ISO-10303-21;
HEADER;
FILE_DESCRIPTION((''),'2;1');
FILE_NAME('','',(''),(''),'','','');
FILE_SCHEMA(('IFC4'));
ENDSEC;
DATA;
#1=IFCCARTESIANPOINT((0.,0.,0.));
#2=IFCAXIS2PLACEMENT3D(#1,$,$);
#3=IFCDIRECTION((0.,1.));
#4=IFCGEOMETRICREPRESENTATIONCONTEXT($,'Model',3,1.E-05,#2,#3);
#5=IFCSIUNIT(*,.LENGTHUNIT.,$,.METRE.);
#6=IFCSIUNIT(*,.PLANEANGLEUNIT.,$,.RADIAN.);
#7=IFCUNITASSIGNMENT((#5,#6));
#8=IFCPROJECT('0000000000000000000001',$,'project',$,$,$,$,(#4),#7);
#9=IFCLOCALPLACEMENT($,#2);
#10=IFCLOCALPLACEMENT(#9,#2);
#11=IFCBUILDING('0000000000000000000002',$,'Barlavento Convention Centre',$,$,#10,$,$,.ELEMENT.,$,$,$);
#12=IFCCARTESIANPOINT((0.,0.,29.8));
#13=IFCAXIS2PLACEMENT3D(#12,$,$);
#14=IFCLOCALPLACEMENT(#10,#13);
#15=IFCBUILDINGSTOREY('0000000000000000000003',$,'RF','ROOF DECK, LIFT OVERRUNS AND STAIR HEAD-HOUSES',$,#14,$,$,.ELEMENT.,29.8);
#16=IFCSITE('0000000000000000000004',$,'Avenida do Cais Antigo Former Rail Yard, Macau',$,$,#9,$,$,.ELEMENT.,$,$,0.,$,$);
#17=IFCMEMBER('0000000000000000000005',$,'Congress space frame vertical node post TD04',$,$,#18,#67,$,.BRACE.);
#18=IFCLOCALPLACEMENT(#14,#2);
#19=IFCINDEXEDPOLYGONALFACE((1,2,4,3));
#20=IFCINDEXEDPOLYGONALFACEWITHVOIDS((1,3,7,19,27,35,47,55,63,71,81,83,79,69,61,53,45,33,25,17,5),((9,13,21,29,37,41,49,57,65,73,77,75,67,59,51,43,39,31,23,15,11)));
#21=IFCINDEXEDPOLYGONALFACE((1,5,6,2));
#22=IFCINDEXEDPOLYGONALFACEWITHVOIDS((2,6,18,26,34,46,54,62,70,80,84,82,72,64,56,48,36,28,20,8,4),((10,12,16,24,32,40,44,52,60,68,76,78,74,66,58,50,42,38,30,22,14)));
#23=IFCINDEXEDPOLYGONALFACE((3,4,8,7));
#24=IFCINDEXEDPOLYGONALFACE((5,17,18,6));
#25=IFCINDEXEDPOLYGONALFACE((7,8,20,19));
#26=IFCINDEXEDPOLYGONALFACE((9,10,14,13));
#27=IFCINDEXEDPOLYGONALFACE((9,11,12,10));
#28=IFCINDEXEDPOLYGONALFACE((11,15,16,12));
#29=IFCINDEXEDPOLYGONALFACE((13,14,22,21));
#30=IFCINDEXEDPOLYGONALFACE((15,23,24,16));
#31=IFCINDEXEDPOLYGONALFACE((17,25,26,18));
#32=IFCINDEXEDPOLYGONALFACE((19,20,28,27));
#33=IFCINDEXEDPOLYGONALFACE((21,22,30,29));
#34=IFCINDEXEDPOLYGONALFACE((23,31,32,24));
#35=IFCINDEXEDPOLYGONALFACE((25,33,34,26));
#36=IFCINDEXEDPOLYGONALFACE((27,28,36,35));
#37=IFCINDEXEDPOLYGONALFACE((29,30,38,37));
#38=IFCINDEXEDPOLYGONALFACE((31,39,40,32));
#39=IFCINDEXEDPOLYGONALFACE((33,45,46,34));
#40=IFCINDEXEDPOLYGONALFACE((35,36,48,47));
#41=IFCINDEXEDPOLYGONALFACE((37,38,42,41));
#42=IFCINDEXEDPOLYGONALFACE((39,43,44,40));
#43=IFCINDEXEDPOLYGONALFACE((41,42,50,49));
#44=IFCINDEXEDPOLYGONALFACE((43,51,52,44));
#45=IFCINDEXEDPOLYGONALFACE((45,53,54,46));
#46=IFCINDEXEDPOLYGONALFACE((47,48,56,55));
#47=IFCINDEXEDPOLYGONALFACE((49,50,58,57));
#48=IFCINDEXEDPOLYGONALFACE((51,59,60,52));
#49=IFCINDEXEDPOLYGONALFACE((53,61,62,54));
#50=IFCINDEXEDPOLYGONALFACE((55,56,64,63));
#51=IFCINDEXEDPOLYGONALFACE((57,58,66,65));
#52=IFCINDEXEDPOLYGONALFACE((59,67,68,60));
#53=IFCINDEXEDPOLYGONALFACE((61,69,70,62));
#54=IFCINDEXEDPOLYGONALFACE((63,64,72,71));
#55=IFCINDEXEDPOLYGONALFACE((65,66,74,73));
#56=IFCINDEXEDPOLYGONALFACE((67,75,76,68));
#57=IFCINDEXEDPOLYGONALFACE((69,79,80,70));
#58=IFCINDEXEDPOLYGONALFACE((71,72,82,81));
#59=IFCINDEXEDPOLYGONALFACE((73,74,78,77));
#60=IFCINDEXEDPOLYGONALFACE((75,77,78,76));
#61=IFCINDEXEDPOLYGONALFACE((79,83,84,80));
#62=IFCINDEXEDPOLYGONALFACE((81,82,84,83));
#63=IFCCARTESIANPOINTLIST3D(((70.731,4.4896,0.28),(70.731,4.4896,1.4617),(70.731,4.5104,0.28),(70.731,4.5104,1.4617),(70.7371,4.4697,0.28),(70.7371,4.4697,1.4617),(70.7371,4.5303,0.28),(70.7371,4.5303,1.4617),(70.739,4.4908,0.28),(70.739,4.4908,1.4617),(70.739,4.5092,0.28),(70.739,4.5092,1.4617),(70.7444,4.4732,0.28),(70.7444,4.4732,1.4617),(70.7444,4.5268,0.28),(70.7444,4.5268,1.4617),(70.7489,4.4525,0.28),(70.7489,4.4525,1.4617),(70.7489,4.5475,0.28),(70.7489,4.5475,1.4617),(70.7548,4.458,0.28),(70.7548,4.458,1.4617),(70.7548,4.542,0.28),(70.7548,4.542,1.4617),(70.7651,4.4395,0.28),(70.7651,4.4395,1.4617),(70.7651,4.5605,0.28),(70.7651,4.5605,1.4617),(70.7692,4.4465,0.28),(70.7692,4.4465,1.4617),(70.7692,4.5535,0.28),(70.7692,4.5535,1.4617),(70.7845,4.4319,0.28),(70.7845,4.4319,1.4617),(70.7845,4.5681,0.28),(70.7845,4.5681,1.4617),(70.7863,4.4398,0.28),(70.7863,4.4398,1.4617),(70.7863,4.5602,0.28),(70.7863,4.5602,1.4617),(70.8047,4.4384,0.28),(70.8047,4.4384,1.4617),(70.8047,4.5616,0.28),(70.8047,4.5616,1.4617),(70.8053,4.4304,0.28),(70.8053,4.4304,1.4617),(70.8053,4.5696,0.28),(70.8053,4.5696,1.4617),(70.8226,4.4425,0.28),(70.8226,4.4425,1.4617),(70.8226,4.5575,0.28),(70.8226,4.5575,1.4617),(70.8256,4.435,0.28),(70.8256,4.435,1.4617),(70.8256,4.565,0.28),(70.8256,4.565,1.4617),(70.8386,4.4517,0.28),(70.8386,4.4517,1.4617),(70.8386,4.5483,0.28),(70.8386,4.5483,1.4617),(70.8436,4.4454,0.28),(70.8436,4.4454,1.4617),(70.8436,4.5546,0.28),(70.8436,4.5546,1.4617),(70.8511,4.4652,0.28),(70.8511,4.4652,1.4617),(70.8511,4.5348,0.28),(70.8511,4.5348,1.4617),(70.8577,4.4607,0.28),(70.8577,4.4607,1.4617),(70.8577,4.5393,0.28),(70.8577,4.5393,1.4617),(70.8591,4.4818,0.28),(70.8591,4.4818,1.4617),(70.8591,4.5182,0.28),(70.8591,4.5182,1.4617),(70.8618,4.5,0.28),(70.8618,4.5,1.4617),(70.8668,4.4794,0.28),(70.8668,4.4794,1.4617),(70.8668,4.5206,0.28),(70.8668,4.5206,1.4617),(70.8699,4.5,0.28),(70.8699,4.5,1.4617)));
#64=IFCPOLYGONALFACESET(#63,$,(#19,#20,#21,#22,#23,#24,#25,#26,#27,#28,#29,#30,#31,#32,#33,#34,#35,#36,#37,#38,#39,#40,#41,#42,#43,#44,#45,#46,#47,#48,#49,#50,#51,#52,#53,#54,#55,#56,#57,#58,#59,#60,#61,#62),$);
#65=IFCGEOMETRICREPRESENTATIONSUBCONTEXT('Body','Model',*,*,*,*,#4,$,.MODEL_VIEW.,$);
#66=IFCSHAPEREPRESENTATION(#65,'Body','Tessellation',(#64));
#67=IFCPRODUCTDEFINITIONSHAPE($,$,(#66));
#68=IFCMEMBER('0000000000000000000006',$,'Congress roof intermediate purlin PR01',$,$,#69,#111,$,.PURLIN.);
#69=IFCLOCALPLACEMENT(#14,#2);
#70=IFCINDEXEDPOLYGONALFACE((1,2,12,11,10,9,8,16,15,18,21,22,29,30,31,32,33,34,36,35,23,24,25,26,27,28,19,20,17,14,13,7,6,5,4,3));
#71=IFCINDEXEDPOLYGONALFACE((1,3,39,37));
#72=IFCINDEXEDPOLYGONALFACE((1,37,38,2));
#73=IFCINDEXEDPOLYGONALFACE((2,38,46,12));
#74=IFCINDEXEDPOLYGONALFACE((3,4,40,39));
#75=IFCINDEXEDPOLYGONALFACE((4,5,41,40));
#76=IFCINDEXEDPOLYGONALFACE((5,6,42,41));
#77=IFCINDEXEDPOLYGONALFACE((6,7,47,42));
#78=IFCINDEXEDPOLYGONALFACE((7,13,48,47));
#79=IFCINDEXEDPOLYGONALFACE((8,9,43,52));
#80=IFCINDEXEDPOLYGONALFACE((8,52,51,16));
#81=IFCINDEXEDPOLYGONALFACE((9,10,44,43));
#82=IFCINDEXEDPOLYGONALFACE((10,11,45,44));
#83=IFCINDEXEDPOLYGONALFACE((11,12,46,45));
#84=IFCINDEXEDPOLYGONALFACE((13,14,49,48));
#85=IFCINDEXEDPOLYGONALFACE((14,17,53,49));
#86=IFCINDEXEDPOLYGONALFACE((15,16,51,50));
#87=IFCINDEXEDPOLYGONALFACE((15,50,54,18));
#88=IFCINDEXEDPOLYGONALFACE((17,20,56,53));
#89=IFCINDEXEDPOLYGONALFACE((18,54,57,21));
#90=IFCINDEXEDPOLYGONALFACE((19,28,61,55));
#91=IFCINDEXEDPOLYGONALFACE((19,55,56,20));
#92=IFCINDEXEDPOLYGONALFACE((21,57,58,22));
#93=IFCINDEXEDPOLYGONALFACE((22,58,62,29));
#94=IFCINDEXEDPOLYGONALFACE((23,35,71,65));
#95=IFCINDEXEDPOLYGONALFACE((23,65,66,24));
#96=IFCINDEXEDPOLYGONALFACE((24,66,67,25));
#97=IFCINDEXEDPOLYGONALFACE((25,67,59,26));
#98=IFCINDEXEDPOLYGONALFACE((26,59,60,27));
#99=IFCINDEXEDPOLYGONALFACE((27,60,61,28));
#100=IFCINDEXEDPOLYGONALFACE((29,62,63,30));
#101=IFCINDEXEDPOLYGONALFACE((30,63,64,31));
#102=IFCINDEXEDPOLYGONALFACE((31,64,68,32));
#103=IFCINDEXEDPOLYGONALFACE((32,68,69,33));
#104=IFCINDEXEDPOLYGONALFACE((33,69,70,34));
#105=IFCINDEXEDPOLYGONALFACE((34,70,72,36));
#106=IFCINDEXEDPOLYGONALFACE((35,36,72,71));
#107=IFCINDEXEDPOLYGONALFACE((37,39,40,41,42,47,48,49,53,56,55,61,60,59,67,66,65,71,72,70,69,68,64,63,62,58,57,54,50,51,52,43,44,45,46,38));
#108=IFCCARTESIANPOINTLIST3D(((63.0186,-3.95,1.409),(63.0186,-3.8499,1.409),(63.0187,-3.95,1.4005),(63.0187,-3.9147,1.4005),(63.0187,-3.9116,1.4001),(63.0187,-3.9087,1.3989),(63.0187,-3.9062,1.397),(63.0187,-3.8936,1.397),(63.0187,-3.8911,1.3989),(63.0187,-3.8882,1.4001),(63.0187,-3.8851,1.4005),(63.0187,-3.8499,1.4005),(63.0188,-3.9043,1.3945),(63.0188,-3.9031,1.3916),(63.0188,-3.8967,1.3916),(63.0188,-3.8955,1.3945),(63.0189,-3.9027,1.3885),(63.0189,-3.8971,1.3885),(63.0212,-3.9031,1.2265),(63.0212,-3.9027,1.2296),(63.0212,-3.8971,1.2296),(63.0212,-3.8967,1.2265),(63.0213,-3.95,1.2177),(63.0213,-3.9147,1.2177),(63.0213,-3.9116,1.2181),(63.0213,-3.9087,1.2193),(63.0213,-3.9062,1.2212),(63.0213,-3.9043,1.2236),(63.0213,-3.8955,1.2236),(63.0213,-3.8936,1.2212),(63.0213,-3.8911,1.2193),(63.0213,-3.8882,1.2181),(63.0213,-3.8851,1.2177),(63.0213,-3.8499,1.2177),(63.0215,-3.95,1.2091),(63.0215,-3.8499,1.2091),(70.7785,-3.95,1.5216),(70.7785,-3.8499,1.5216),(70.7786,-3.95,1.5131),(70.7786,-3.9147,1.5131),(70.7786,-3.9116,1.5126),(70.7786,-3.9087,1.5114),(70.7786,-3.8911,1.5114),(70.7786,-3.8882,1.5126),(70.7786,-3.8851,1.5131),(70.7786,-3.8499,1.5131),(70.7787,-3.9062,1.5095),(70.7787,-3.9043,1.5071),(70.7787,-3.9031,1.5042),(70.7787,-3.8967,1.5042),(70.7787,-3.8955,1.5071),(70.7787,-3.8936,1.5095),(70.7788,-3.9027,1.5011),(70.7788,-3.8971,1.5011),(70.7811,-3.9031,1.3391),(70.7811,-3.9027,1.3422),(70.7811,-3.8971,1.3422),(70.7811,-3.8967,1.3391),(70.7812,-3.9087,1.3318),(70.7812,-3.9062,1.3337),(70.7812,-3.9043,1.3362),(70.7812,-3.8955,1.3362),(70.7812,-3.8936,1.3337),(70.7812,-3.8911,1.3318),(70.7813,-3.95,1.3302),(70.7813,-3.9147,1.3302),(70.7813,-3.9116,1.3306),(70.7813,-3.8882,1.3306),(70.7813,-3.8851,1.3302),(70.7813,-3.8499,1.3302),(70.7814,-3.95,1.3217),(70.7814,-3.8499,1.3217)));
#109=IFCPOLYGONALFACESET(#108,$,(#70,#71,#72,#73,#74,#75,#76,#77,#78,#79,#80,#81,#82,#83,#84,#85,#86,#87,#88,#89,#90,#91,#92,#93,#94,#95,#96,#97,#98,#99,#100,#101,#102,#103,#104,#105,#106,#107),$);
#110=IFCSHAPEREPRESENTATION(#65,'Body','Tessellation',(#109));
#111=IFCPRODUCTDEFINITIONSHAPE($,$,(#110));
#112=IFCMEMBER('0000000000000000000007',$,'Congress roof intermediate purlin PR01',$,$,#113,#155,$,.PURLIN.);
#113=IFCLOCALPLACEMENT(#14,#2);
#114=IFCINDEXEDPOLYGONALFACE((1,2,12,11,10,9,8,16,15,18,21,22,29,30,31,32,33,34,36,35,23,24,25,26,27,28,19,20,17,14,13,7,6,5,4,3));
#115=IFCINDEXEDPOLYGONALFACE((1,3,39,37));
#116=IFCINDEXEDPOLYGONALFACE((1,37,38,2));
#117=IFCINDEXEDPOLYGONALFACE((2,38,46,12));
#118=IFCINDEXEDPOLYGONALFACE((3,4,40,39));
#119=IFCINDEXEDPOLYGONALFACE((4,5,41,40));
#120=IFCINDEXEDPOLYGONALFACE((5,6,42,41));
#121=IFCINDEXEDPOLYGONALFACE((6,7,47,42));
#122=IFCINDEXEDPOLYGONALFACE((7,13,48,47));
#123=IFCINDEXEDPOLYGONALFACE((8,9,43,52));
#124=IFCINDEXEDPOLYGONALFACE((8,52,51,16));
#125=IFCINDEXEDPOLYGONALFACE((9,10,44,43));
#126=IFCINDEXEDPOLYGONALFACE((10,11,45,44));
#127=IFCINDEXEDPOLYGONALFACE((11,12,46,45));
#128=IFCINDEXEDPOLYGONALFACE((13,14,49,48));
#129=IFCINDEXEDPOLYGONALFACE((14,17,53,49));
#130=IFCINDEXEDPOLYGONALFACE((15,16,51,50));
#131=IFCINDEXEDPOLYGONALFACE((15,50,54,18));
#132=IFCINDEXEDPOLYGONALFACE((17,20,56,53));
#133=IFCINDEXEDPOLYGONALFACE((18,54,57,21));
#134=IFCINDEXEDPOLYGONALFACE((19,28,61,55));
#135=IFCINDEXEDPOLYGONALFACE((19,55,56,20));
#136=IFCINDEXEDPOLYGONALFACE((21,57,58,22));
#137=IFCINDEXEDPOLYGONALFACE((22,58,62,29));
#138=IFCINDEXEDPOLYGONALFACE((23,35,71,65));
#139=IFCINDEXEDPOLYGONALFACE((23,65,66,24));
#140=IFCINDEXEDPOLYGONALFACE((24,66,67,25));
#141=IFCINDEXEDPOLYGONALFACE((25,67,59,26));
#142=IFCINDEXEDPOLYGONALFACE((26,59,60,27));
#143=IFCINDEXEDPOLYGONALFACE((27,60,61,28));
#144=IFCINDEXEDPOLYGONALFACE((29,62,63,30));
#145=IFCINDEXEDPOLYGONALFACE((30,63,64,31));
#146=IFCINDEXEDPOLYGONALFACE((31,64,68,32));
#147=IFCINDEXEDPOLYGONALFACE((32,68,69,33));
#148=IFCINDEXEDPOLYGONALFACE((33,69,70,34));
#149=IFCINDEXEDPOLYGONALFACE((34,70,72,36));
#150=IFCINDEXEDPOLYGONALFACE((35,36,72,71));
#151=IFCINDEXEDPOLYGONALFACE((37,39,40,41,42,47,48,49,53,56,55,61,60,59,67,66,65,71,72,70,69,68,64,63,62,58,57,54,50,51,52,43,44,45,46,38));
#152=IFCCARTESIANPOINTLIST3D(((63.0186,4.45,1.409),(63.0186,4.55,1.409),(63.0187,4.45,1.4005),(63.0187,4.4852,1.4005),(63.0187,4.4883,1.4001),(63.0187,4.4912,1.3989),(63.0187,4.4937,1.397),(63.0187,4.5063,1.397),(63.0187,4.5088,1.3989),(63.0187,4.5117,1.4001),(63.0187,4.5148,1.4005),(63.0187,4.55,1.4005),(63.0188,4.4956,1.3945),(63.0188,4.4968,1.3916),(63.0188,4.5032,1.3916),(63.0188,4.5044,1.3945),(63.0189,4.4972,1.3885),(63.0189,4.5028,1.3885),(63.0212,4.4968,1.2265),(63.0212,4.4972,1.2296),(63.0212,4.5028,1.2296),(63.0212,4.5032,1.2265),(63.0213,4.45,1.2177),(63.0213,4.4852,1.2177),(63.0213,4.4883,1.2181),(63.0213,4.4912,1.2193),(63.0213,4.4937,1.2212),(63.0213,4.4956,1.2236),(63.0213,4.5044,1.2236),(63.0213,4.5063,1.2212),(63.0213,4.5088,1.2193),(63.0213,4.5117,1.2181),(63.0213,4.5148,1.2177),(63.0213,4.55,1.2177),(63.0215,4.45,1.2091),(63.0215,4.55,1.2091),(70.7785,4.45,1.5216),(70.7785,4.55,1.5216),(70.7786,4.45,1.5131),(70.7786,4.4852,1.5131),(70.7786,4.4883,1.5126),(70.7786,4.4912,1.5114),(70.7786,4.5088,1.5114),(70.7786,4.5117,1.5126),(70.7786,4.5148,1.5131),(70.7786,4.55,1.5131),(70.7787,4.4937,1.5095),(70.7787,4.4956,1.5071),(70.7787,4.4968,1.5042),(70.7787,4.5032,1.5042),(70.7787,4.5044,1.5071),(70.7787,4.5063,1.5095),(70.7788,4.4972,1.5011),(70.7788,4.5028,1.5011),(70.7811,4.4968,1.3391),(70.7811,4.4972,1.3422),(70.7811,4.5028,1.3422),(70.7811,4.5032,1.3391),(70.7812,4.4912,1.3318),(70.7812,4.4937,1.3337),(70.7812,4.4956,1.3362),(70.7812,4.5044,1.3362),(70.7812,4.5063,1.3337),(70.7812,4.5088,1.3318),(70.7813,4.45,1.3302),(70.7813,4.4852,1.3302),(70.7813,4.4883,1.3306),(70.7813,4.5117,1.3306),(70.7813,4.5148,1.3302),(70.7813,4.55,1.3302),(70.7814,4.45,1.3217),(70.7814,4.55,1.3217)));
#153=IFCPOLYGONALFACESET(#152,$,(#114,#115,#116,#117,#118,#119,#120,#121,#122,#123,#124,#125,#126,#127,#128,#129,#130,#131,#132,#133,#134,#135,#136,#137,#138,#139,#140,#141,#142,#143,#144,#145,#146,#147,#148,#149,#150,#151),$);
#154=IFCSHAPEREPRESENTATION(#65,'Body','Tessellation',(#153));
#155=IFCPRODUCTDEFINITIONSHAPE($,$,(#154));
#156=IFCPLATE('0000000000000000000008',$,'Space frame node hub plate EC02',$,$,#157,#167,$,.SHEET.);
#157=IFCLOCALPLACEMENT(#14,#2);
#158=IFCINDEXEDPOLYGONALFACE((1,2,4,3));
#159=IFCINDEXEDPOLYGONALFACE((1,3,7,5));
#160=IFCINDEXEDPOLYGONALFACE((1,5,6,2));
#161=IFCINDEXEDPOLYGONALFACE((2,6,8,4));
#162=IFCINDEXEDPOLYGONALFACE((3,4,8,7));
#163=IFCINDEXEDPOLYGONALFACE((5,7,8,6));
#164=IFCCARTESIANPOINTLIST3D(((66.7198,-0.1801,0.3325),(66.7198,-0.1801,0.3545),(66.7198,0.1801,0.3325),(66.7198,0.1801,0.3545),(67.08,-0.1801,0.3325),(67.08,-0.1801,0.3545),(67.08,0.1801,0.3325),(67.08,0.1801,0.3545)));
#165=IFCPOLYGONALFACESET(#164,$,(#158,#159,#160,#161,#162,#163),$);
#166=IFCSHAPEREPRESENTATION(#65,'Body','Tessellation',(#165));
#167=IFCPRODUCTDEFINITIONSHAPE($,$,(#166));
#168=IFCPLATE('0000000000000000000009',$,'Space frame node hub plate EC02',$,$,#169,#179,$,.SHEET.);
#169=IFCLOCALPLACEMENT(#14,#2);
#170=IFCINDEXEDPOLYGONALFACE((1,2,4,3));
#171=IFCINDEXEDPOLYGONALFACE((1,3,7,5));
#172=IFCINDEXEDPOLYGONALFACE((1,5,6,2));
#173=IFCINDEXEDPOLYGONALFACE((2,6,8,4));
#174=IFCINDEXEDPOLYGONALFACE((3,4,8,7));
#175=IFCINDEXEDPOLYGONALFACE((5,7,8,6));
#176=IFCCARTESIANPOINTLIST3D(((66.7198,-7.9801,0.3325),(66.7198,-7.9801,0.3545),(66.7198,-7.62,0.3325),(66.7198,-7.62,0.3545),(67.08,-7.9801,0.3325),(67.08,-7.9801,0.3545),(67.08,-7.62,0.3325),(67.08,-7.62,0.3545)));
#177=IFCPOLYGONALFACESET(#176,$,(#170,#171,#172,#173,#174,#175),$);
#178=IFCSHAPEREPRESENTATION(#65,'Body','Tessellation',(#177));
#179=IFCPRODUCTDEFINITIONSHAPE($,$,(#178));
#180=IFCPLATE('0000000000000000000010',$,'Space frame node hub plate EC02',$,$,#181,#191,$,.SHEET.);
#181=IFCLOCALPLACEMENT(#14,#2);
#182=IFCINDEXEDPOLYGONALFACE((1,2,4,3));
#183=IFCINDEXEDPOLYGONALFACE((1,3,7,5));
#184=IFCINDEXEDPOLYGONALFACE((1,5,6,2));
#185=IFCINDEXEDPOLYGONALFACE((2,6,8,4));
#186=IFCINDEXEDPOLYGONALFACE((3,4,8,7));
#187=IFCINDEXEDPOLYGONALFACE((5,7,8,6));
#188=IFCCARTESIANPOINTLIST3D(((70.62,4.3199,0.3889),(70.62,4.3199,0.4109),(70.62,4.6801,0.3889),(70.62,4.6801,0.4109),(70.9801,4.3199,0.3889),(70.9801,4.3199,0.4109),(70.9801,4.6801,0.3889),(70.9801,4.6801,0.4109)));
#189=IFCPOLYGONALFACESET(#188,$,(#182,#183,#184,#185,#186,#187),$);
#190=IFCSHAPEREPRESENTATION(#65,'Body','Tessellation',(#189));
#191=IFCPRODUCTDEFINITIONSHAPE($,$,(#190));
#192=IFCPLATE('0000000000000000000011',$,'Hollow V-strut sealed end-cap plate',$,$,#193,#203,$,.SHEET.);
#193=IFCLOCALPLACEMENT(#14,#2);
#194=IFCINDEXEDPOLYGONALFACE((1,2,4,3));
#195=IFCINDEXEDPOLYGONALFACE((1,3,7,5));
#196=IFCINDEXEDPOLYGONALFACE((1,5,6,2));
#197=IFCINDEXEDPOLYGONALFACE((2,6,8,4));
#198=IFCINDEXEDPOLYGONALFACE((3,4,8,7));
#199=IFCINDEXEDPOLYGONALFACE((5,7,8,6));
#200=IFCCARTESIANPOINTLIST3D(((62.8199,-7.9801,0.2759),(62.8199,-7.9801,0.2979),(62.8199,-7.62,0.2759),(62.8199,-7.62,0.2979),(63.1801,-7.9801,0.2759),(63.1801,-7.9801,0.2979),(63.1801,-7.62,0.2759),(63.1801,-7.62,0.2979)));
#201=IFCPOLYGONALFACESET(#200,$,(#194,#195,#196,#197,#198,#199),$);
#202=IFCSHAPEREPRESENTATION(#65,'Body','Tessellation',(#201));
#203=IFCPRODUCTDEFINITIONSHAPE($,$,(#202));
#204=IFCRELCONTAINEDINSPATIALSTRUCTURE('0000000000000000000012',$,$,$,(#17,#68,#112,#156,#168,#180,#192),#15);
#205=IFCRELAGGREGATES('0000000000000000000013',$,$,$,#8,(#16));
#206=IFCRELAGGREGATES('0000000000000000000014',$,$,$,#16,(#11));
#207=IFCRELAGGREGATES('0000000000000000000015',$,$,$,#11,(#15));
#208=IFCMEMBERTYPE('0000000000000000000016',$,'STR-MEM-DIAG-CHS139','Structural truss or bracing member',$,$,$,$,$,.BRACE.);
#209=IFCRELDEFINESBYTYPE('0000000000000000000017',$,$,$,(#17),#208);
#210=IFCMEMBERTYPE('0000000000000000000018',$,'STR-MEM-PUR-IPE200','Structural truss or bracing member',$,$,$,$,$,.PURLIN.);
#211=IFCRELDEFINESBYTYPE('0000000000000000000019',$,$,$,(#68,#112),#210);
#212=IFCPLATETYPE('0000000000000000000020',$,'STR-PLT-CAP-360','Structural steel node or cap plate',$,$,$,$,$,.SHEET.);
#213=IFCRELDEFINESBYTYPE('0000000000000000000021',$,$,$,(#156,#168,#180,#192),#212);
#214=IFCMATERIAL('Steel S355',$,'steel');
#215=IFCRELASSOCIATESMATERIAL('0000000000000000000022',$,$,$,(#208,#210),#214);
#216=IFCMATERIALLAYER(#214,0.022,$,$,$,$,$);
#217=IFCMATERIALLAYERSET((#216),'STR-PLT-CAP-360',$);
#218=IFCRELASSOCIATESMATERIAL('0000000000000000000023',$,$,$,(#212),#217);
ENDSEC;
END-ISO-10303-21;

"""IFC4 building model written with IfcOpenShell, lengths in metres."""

from ifc_helpers import new_model, si_unit, direction, frame, origin, origin_2d, place, context, subcontext, project, spatial, rectangle, hollow_circle, i_section, extrude, material, layer, layer_set, material_profile, profile_set, type_object, element, save


model = new_model("IFC4")

# Units and contexts
model_context = context("Model", 3, precision=1e-05, world=origin(), true_north=direction((0.0, 1.0)))
body_context = subcontext(model_context, "Body", "Model", "MODEL_VIEW")
ifc_project = project(units=[si_unit("LENGTHUNIT", "METRE"), si_unit("PLANEANGLEUNIT", "RADIAN")], contexts=[model_context])

# Site, building, storey
site_placement = place(None, origin())
site = spatial("IfcSite", under=ifc_project, at=site_placement, Name="Avenida do Cais Antigo Former Rail Yard, Macau", CompositionType="ELEMENT", RefElevation=0.0)
building_placement = place(site_placement, origin())
building = spatial("IfcBuilding", under=site, at=building_placement, Name="Barlavento Convention Centre", CompositionType="ELEMENT")
storey_placement = place(building_placement, frame((0.0, 0.0, 29.8)))
storey = spatial("IfcBuildingStorey", under=building, at=storey_placement, Name="RF", Description="ROOF DECK, LIFT OVERRUNS AND STAIR HEAD-HOUSES", CompositionType="ELEMENT", Elevation=29.8)

# Shared definitions
ifc_material_1 = material(Name="Steel S355", Category="steel")

# Members
ifc_material_profile_1 = material_profile(ifc_material_1, hollow_circle(Radius=0.0698, WallThickness=0.0081, at=origin_2d()), Name="CHS 139.7x8.0")
ifc_profile_set_1 = profile_set([ifc_material_profile_1], Name="Steel S355")
member_type_1 = type_object("IfcMemberType", Name="STR-MEM-DIAG-CHS139", Description="Structural truss or bracing member", PredefinedType="BRACE", material=ifc_profile_set_1)
for number, where, z_axis, x_axis, name in (
    (1, (70.8, 4.5, 0.28), (0.0, 0.0, 1.0), (1.0, 0.0, 0.0), "Congress space frame vertical node post TD04"),
):
    element("IfcMember", number, at=place(storey_placement, frame(where, z_axis=z_axis, x_axis=x_axis)), inside=storey, type_object=member_type_1, Name=name, PredefinedType="BRACE", context=body_context, shape_type="SweptSolid", body=[
        extrude(hollow_circle(Radius=0.0698, WallThickness=0.0081, at=origin_2d()), origin(), (0.0, 0.0, 1.0), 1.1816),
    ])
ifc_material_profile_2 = material_profile(ifc_material_1, i_section(OverallWidth=0.1001, OverallDepth=0.2, WebThickness=0.0056, FlangeThickness=0.0085, FilletRadius=0.012, at=origin_2d()), Name="IPE 200")
ifc_profile_set_2 = profile_set([ifc_material_profile_2], Name="Steel S355")
member_type_2 = type_object("IfcMemberType", Name="STR-MEM-PUR-IPE200", Description="Structural truss or bracing member", PredefinedType="PURLIN", material=ifc_profile_set_2)
for number, where, z_axis, x_axis, name in (
    (2, (63.02, -3.8999, 1.3091), (0.999895, 0.0, 0.014502), (0.0, 1.0, 0.0), "Congress roof intermediate purlin PR01"),
    (3, (63.02, 4.5, 1.3091), (0.999895, 0.0, 0.014502), (0.0, 1.0, 0.0), "Congress roof intermediate purlin PR01"),
):
    element("IfcMember", number, at=place(storey_placement, frame(where, z_axis=z_axis, x_axis=x_axis)), inside=storey, type_object=member_type_2, Name=name, PredefinedType="PURLIN", context=body_context, shape_type="SweptSolid", body=[
        extrude(i_section(OverallWidth=0.1001, OverallDepth=0.2, WebThickness=0.0056, FlangeThickness=0.0085, FilletRadius=0.012, at=origin_2d()), origin(), (0.0, 0.0, 1.0), 7.7607),
    ])

# Plates
ifc_layer_1 = layer(ifc_material_1, 0.022)
ifc_layer_set_1 = layer_set([ifc_layer_1], Name="STR-PLT-CAP-360")
plate_type_1 = type_object("IfcPlateType", Name="STR-PLT-CAP-360", Description="Structural steel node or cap plate", PredefinedType="SHEET", material=ifc_layer_set_1)
for number, where, z_axis, x_axis, name in (
    (4, (66.8999, 0.0, 0.3325), (0.0, 0.0, 1.0), (1.0, 0.0, 0.0), "Space frame node hub plate EC02"),
    (5, (66.8999, -7.8, 0.3325), (0.0, 0.0, 1.0), (1.0, 0.0, 0.0), "Space frame node hub plate EC02"),
    (6, (70.8, 4.5, 0.3889), (0.0, 0.0, 1.0), (1.0, 0.0, 0.0), "Space frame node hub plate EC02"),
    (7, (63.0, -7.8, 0.2759), (0.0, 0.0, 1.0), (1.0, 0.0, 0.0), "Hollow V-strut sealed end-cap plate"),
):
    element("IfcPlate", number, at=place(storey_placement, frame(where, z_axis=z_axis, x_axis=x_axis)), inside=storey, type_object=plate_type_1, Name=name, PredefinedType="SHEET", context=body_context, shape_type="SweptSolid", body=[
        extrude(rectangle(XDim=0.3601, YDim=0.3601, at=origin_2d()), origin(), (0.0, 0.0, 1.0), 0.022),
    ])

save(model, "model.ifc")
